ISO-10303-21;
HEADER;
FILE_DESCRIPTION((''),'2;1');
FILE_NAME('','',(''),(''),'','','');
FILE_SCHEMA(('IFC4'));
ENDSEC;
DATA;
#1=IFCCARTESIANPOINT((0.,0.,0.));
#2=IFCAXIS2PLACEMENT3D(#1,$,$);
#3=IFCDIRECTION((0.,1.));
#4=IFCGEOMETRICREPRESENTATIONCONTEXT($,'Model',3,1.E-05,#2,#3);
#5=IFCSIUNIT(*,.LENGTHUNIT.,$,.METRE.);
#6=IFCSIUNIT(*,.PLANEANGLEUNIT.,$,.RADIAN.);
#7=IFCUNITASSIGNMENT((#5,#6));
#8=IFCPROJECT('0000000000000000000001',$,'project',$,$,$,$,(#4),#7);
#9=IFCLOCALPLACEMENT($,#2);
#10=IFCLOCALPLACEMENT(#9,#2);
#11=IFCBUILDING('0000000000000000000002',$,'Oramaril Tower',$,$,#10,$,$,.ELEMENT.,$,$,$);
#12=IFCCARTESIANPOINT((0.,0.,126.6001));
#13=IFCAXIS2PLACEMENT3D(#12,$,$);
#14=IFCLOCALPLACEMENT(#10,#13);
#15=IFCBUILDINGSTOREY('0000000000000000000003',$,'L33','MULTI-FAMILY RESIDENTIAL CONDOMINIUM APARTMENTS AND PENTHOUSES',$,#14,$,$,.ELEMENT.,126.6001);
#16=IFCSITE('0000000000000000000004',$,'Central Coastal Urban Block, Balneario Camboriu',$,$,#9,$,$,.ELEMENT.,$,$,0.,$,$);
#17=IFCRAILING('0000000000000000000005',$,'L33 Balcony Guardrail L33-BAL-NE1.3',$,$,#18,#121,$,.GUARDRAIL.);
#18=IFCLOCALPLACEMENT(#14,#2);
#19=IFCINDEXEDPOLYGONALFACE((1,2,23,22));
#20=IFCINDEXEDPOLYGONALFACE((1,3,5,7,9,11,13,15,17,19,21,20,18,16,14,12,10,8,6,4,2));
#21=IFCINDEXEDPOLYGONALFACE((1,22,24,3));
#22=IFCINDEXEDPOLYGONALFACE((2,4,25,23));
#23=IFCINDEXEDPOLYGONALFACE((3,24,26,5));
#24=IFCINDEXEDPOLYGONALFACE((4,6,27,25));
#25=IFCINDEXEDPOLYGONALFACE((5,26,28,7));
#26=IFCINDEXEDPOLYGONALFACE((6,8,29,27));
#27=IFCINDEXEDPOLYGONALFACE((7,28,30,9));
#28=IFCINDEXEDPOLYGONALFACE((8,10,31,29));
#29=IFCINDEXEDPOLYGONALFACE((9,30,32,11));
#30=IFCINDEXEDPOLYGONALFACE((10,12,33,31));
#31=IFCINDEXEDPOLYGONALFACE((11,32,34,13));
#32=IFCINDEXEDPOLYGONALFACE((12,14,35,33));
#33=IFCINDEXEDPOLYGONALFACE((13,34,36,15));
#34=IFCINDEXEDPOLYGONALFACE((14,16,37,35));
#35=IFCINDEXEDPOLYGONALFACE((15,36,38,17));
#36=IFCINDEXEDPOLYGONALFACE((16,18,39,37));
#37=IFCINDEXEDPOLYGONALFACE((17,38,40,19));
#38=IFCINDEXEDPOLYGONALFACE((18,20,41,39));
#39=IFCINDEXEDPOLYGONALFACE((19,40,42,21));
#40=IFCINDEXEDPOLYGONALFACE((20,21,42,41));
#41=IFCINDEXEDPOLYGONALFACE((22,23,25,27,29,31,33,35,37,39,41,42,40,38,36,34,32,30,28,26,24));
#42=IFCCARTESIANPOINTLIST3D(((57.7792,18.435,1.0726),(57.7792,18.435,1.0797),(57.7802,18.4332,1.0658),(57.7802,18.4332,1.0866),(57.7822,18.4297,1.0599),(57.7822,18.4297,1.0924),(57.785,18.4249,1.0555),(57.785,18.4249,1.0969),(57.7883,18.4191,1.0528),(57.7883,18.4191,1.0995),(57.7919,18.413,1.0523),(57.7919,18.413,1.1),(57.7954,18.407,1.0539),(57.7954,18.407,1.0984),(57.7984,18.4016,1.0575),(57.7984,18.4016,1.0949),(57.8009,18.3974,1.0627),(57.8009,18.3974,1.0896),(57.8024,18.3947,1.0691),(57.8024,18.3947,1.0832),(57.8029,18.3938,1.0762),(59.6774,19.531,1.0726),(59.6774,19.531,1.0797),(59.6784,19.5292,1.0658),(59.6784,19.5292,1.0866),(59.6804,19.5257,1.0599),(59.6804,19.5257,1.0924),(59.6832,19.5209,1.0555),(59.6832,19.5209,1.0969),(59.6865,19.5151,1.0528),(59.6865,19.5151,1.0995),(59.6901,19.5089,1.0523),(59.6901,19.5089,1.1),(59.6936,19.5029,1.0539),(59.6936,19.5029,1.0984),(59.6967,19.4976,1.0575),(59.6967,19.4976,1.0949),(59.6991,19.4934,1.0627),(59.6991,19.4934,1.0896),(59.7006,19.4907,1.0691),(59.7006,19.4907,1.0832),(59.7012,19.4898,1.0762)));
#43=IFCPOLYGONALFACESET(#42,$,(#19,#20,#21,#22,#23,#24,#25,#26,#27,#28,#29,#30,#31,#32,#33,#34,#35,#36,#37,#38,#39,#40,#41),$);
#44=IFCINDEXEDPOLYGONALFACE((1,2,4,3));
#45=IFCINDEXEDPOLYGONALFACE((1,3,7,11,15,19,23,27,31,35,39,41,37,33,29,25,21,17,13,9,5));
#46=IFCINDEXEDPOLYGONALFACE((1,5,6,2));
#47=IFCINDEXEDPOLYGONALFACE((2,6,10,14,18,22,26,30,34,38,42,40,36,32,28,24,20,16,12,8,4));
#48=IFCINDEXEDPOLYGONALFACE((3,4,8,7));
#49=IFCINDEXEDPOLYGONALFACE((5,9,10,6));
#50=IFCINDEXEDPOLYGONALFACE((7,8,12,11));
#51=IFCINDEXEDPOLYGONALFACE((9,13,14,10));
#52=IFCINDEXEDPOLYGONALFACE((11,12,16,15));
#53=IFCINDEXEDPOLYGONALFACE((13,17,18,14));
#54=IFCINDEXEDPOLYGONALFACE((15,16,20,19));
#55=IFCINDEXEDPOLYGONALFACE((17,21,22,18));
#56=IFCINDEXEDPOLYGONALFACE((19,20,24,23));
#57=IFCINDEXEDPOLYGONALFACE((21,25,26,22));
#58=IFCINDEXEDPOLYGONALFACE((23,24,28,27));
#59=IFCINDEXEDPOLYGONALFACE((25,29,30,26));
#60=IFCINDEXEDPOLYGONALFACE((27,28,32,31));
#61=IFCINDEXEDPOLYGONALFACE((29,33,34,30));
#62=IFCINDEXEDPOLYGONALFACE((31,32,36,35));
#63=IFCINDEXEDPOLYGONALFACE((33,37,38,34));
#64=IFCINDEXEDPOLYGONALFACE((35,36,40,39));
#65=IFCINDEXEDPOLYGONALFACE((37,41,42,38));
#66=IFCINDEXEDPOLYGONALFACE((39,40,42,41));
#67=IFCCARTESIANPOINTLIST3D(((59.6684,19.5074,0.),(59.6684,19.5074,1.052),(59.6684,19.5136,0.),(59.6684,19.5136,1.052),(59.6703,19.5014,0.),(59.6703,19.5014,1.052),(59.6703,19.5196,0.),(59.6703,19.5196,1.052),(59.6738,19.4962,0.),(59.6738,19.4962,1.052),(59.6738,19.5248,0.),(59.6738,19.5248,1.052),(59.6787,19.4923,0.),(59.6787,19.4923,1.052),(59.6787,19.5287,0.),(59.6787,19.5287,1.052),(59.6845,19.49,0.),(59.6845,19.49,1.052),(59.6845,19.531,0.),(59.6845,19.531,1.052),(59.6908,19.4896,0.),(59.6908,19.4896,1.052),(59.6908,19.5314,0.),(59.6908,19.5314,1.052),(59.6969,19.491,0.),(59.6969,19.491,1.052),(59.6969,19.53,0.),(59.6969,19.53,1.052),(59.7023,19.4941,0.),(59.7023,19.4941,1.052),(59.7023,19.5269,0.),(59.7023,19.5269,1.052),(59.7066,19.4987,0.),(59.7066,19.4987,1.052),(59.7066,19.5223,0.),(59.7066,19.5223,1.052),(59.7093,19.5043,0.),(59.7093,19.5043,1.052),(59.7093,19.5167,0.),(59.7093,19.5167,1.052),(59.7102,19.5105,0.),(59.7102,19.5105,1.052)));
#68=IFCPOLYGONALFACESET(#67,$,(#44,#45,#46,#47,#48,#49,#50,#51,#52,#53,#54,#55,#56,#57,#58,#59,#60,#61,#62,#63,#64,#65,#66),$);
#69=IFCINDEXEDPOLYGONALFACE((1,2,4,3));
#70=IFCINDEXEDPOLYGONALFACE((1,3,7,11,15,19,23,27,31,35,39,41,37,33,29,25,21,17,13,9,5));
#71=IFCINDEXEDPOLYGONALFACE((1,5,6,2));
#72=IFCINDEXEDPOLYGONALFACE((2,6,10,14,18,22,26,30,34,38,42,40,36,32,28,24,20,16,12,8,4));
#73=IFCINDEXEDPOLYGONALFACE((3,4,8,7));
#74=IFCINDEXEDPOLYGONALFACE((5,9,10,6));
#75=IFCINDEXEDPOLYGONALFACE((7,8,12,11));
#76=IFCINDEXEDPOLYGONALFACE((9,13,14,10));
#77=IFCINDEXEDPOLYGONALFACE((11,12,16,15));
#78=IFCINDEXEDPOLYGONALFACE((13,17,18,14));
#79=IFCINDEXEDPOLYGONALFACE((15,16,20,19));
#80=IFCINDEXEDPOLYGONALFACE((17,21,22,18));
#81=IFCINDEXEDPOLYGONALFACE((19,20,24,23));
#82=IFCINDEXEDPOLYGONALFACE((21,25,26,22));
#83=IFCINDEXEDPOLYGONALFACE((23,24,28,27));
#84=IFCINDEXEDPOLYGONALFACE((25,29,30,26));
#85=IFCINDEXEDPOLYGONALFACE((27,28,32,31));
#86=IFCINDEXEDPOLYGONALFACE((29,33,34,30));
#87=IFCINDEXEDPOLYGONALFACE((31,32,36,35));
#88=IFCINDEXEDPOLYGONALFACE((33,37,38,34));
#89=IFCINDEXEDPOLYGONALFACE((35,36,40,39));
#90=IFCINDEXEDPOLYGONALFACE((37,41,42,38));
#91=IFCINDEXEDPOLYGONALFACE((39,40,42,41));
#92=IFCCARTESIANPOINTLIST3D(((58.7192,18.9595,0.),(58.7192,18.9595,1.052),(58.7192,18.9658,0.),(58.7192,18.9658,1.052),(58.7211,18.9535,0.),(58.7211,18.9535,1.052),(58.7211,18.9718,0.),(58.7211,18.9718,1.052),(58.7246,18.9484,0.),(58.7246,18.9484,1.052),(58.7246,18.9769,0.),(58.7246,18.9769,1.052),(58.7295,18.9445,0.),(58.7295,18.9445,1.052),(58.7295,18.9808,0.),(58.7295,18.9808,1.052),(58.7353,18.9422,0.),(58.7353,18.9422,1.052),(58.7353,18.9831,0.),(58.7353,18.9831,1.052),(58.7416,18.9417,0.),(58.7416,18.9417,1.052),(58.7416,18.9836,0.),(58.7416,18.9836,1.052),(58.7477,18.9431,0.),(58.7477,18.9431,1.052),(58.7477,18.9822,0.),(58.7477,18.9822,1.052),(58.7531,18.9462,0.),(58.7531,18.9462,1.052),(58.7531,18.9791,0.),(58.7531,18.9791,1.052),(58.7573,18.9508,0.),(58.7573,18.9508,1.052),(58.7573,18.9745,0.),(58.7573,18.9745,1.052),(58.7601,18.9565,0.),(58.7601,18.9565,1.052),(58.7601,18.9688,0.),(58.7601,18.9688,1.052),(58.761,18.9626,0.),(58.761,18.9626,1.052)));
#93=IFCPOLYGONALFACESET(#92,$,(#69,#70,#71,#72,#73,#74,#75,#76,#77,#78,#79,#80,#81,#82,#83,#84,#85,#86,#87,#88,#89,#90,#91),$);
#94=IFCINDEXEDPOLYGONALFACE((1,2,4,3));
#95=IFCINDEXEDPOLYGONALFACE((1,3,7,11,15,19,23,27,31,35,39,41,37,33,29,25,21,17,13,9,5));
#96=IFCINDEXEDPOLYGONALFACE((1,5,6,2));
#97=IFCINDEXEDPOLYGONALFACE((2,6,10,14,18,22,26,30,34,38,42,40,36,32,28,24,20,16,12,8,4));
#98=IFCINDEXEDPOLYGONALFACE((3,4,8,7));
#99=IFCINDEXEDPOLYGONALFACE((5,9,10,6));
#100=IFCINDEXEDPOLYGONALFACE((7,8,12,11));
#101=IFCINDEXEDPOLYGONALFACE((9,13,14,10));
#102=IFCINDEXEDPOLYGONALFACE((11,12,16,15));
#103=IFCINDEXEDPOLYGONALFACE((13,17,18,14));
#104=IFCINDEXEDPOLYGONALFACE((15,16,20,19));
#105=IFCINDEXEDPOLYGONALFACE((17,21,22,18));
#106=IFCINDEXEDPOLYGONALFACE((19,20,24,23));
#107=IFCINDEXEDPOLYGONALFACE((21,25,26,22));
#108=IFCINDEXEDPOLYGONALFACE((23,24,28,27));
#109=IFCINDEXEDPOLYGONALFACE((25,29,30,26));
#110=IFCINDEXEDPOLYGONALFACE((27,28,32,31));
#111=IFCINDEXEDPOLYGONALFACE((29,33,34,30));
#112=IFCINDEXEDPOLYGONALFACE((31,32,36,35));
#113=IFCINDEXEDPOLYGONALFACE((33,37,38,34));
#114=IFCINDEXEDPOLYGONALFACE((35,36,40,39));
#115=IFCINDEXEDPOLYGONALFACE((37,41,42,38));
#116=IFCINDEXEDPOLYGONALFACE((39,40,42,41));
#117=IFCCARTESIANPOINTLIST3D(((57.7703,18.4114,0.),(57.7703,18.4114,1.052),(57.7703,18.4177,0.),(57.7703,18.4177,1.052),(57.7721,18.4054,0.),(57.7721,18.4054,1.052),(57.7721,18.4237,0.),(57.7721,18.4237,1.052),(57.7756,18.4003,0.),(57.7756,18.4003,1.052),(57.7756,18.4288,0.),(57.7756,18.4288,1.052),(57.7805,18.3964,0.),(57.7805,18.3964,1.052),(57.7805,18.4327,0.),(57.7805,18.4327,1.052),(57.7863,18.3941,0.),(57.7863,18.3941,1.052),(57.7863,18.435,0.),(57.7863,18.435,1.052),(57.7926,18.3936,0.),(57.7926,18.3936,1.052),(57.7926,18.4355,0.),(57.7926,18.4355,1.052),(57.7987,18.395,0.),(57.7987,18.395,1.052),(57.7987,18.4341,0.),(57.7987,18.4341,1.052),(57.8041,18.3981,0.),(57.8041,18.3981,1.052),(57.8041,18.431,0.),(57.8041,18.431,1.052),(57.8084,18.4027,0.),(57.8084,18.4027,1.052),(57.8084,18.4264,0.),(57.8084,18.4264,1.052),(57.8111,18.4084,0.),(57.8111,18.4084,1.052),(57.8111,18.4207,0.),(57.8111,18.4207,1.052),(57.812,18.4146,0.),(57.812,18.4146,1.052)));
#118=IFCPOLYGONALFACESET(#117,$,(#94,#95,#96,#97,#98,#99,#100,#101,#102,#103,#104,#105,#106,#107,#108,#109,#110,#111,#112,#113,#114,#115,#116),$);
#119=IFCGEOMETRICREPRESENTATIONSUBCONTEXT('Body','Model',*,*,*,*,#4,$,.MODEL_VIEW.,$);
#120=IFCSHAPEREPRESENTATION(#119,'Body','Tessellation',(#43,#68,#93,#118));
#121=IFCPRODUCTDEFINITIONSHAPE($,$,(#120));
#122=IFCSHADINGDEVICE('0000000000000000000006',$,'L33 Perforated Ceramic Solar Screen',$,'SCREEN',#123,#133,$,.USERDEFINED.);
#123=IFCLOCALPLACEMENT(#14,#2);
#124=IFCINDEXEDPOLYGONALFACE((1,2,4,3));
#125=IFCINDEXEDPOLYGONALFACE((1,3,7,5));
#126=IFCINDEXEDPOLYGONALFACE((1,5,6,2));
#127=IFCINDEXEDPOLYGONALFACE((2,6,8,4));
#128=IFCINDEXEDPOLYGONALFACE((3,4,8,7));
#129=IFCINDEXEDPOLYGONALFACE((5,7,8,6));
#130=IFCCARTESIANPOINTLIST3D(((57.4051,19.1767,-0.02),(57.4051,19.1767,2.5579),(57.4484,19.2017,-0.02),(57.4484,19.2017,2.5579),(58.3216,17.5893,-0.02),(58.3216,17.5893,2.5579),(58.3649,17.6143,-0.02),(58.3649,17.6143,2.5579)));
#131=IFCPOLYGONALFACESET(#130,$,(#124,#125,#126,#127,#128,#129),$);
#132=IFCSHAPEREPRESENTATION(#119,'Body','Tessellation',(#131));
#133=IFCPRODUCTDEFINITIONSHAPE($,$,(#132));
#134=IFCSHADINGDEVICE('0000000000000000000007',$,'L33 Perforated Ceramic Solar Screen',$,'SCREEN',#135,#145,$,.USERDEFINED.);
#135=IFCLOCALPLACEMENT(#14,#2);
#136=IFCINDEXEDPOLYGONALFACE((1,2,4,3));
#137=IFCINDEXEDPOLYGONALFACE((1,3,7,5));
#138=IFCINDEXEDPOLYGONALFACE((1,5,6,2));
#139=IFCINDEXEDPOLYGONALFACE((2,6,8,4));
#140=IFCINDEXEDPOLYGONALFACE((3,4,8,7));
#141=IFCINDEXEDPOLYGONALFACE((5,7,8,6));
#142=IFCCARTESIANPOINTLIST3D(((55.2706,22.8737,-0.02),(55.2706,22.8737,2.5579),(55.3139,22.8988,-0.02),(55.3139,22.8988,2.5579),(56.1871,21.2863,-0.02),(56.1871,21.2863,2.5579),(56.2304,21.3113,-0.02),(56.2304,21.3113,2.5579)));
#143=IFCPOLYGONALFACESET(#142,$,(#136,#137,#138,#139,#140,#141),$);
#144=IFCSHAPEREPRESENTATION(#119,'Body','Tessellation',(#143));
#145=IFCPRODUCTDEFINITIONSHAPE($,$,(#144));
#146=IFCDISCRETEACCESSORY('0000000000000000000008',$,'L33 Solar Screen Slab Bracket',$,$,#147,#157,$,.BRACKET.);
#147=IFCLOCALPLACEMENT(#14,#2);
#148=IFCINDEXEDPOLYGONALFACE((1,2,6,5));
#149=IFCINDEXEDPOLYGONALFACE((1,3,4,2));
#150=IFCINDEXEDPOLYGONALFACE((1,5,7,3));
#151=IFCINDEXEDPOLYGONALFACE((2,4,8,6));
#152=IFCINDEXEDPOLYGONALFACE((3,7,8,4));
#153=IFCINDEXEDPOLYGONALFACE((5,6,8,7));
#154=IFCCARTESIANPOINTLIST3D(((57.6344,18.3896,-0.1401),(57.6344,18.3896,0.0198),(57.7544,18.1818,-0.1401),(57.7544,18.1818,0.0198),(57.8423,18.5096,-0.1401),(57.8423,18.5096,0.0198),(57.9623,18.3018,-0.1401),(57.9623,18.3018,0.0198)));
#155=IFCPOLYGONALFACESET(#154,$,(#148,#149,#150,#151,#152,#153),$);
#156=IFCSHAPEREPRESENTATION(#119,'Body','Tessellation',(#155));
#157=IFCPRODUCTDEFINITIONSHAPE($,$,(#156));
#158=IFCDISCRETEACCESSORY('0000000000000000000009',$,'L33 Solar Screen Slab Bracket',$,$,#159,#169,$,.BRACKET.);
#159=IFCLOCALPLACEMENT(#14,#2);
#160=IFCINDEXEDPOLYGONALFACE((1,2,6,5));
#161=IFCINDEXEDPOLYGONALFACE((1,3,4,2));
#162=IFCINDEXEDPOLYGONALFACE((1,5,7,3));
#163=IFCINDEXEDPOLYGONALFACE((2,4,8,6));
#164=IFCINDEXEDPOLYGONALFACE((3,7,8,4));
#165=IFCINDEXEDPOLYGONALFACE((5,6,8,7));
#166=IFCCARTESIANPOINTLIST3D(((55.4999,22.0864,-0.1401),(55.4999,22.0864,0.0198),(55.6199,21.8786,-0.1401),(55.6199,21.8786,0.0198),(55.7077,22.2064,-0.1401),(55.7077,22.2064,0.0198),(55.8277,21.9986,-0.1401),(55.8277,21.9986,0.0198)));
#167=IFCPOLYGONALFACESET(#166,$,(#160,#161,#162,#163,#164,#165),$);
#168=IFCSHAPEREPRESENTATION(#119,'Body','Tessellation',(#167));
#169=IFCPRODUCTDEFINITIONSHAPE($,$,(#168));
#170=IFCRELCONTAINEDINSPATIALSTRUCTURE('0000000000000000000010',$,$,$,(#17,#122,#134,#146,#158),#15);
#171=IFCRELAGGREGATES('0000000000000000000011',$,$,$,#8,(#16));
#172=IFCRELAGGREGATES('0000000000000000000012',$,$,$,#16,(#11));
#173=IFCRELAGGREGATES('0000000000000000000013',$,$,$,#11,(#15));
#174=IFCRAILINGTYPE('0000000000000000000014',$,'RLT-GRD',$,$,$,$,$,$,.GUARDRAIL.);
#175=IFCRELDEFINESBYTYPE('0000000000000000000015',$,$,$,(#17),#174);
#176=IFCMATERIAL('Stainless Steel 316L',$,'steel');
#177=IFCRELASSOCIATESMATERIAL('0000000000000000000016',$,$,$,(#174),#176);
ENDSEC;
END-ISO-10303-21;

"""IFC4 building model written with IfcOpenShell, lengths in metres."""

from ifc_helpers import new_model, si_unit, direction, frame, origin, origin_2d, place, context, subcontext, project, spatial, rectangle, circle, extrude, material, type_object, element, save


model = new_model("IFC4")

# Units and contexts
model_context = context("Model", 3, precision=1e-05, world=origin(), true_north=direction((0.0, 1.0)))
body_context = subcontext(model_context, "Body", "Model", "MODEL_VIEW")
ifc_project = project(units=[si_unit("LENGTHUNIT", "METRE"), si_unit("PLANEANGLEUNIT", "RADIAN")], contexts=[model_context])

# Site, building, storey
site_placement = place(None, origin())
site = spatial("IfcSite", under=ifc_project, at=site_placement, Name="Central Coastal Urban Block, Balneario Camboriu", CompositionType="ELEMENT", RefElevation=0.0)
building_placement = place(site_placement, origin())
building = spatial("IfcBuilding", under=site, at=building_placement, Name="Oramaril Tower", CompositionType="ELEMENT")
storey_placement = place(building_placement, frame((0.0, 0.0, 126.6001)))
storey = spatial("IfcBuildingStorey", under=building, at=storey_placement, Name="L33", Description="MULTI-FAMILY RESIDENTIAL CONDOMINIUM APARTMENTS AND PENTHOUSES", CompositionType="ELEMENT", Elevation=126.6001)

# Railing
ifc_material_1 = material(Name="Stainless Steel 316L", Category="steel")
railing_type = type_object("IfcRailingType", Name="RLT-GRD", PredefinedType="GUARDRAIL", material=ifc_material_1)
railing_1_placement = place(storey_placement, frame((59.6892, 19.5105, 0.0)))
element("IfcRailing", 1, at=railing_1_placement, inside=storey, type_object=railing_type, Name="L33 Balcony Guardrail L33-BAL-NE1.3", PredefinedType="GUARDRAIL", context=body_context, shape_type="SweptSolid", body=[
    extrude(circle(Radius=0.0239, at=origin_2d()), frame((0.0, 0.0, 1.0762), z_axis=(-0.866021, -0.500008, 0.0), x_axis=(0.500008, -0.866021, 0.0)), (0.0, 0.0, 1.0), 2.1919),
    extrude(circle(Radius=0.021, at=origin_2d()), origin(), (0.0, 0.0, 1.0), 1.052),
    extrude(circle(Radius=0.021, at=origin_2d()), frame((-0.9492, -0.5479, 0.0)), (0.0, 0.0, 1.0), 1.052),
    extrude(circle(Radius=0.021, at=origin_2d()), frame((-1.8982, -1.0959, 0.0)), (0.0, 0.0, 1.0), 1.052),
])

# Shading devices
for number, where, z_axis, x_axis, name in (
    (2, (57.885, 18.3955, -0.02), (0.0, 0.0, 1.0), (-0.499998, 0.866026, 0.0), "L33 Perforated Ceramic Solar Screen"),
    (3, (55.7505, 22.0925, -0.02), (0.0, 0.0, 1.0), (-0.499998, 0.866026, 0.0), "L33 Perforated Ceramic Solar Screen"),
):
    element("IfcShadingDevice", number, at=place(storey_placement, frame(where, z_axis=z_axis, x_axis=x_axis)), inside=storey, Name=name, ObjectType="SCREEN", PredefinedType="USERDEFINED", context=body_context, shape_type="SweptSolid", body=[
        extrude(rectangle(XDim=1.833, YDim=0.05, at=origin_2d()), origin(), (0.0, 0.0, 1.0), 2.5779),
    ])

# Discrete accessories
for number, where, z_axis, x_axis, name in (
    (4, (57.7983, 18.3457, -0.1401), (0.0, 0.0, 1.0), (-0.499998, 0.866026, 0.0), "L33 Solar Screen Slab Bracket"),
    (5, (55.6638, 22.0425, -0.1401), (0.0, 0.0, 1.0), (-0.499998, 0.866026, 0.0), "L33 Solar Screen Slab Bracket"),
):
    element("IfcDiscreteAccessory", number, at=place(storey_placement, frame(where, z_axis=z_axis, x_axis=x_axis)), inside=storey, Name=name, PredefinedType="BRACKET", context=body_context, shape_type="SweptSolid", body=[
        extrude(rectangle(XDim=0.24, YDim=0.24, at=origin_2d()), origin(), (0.0, 0.0, 1.0), 0.1599),
    ])

save(model, "model.ifc")
